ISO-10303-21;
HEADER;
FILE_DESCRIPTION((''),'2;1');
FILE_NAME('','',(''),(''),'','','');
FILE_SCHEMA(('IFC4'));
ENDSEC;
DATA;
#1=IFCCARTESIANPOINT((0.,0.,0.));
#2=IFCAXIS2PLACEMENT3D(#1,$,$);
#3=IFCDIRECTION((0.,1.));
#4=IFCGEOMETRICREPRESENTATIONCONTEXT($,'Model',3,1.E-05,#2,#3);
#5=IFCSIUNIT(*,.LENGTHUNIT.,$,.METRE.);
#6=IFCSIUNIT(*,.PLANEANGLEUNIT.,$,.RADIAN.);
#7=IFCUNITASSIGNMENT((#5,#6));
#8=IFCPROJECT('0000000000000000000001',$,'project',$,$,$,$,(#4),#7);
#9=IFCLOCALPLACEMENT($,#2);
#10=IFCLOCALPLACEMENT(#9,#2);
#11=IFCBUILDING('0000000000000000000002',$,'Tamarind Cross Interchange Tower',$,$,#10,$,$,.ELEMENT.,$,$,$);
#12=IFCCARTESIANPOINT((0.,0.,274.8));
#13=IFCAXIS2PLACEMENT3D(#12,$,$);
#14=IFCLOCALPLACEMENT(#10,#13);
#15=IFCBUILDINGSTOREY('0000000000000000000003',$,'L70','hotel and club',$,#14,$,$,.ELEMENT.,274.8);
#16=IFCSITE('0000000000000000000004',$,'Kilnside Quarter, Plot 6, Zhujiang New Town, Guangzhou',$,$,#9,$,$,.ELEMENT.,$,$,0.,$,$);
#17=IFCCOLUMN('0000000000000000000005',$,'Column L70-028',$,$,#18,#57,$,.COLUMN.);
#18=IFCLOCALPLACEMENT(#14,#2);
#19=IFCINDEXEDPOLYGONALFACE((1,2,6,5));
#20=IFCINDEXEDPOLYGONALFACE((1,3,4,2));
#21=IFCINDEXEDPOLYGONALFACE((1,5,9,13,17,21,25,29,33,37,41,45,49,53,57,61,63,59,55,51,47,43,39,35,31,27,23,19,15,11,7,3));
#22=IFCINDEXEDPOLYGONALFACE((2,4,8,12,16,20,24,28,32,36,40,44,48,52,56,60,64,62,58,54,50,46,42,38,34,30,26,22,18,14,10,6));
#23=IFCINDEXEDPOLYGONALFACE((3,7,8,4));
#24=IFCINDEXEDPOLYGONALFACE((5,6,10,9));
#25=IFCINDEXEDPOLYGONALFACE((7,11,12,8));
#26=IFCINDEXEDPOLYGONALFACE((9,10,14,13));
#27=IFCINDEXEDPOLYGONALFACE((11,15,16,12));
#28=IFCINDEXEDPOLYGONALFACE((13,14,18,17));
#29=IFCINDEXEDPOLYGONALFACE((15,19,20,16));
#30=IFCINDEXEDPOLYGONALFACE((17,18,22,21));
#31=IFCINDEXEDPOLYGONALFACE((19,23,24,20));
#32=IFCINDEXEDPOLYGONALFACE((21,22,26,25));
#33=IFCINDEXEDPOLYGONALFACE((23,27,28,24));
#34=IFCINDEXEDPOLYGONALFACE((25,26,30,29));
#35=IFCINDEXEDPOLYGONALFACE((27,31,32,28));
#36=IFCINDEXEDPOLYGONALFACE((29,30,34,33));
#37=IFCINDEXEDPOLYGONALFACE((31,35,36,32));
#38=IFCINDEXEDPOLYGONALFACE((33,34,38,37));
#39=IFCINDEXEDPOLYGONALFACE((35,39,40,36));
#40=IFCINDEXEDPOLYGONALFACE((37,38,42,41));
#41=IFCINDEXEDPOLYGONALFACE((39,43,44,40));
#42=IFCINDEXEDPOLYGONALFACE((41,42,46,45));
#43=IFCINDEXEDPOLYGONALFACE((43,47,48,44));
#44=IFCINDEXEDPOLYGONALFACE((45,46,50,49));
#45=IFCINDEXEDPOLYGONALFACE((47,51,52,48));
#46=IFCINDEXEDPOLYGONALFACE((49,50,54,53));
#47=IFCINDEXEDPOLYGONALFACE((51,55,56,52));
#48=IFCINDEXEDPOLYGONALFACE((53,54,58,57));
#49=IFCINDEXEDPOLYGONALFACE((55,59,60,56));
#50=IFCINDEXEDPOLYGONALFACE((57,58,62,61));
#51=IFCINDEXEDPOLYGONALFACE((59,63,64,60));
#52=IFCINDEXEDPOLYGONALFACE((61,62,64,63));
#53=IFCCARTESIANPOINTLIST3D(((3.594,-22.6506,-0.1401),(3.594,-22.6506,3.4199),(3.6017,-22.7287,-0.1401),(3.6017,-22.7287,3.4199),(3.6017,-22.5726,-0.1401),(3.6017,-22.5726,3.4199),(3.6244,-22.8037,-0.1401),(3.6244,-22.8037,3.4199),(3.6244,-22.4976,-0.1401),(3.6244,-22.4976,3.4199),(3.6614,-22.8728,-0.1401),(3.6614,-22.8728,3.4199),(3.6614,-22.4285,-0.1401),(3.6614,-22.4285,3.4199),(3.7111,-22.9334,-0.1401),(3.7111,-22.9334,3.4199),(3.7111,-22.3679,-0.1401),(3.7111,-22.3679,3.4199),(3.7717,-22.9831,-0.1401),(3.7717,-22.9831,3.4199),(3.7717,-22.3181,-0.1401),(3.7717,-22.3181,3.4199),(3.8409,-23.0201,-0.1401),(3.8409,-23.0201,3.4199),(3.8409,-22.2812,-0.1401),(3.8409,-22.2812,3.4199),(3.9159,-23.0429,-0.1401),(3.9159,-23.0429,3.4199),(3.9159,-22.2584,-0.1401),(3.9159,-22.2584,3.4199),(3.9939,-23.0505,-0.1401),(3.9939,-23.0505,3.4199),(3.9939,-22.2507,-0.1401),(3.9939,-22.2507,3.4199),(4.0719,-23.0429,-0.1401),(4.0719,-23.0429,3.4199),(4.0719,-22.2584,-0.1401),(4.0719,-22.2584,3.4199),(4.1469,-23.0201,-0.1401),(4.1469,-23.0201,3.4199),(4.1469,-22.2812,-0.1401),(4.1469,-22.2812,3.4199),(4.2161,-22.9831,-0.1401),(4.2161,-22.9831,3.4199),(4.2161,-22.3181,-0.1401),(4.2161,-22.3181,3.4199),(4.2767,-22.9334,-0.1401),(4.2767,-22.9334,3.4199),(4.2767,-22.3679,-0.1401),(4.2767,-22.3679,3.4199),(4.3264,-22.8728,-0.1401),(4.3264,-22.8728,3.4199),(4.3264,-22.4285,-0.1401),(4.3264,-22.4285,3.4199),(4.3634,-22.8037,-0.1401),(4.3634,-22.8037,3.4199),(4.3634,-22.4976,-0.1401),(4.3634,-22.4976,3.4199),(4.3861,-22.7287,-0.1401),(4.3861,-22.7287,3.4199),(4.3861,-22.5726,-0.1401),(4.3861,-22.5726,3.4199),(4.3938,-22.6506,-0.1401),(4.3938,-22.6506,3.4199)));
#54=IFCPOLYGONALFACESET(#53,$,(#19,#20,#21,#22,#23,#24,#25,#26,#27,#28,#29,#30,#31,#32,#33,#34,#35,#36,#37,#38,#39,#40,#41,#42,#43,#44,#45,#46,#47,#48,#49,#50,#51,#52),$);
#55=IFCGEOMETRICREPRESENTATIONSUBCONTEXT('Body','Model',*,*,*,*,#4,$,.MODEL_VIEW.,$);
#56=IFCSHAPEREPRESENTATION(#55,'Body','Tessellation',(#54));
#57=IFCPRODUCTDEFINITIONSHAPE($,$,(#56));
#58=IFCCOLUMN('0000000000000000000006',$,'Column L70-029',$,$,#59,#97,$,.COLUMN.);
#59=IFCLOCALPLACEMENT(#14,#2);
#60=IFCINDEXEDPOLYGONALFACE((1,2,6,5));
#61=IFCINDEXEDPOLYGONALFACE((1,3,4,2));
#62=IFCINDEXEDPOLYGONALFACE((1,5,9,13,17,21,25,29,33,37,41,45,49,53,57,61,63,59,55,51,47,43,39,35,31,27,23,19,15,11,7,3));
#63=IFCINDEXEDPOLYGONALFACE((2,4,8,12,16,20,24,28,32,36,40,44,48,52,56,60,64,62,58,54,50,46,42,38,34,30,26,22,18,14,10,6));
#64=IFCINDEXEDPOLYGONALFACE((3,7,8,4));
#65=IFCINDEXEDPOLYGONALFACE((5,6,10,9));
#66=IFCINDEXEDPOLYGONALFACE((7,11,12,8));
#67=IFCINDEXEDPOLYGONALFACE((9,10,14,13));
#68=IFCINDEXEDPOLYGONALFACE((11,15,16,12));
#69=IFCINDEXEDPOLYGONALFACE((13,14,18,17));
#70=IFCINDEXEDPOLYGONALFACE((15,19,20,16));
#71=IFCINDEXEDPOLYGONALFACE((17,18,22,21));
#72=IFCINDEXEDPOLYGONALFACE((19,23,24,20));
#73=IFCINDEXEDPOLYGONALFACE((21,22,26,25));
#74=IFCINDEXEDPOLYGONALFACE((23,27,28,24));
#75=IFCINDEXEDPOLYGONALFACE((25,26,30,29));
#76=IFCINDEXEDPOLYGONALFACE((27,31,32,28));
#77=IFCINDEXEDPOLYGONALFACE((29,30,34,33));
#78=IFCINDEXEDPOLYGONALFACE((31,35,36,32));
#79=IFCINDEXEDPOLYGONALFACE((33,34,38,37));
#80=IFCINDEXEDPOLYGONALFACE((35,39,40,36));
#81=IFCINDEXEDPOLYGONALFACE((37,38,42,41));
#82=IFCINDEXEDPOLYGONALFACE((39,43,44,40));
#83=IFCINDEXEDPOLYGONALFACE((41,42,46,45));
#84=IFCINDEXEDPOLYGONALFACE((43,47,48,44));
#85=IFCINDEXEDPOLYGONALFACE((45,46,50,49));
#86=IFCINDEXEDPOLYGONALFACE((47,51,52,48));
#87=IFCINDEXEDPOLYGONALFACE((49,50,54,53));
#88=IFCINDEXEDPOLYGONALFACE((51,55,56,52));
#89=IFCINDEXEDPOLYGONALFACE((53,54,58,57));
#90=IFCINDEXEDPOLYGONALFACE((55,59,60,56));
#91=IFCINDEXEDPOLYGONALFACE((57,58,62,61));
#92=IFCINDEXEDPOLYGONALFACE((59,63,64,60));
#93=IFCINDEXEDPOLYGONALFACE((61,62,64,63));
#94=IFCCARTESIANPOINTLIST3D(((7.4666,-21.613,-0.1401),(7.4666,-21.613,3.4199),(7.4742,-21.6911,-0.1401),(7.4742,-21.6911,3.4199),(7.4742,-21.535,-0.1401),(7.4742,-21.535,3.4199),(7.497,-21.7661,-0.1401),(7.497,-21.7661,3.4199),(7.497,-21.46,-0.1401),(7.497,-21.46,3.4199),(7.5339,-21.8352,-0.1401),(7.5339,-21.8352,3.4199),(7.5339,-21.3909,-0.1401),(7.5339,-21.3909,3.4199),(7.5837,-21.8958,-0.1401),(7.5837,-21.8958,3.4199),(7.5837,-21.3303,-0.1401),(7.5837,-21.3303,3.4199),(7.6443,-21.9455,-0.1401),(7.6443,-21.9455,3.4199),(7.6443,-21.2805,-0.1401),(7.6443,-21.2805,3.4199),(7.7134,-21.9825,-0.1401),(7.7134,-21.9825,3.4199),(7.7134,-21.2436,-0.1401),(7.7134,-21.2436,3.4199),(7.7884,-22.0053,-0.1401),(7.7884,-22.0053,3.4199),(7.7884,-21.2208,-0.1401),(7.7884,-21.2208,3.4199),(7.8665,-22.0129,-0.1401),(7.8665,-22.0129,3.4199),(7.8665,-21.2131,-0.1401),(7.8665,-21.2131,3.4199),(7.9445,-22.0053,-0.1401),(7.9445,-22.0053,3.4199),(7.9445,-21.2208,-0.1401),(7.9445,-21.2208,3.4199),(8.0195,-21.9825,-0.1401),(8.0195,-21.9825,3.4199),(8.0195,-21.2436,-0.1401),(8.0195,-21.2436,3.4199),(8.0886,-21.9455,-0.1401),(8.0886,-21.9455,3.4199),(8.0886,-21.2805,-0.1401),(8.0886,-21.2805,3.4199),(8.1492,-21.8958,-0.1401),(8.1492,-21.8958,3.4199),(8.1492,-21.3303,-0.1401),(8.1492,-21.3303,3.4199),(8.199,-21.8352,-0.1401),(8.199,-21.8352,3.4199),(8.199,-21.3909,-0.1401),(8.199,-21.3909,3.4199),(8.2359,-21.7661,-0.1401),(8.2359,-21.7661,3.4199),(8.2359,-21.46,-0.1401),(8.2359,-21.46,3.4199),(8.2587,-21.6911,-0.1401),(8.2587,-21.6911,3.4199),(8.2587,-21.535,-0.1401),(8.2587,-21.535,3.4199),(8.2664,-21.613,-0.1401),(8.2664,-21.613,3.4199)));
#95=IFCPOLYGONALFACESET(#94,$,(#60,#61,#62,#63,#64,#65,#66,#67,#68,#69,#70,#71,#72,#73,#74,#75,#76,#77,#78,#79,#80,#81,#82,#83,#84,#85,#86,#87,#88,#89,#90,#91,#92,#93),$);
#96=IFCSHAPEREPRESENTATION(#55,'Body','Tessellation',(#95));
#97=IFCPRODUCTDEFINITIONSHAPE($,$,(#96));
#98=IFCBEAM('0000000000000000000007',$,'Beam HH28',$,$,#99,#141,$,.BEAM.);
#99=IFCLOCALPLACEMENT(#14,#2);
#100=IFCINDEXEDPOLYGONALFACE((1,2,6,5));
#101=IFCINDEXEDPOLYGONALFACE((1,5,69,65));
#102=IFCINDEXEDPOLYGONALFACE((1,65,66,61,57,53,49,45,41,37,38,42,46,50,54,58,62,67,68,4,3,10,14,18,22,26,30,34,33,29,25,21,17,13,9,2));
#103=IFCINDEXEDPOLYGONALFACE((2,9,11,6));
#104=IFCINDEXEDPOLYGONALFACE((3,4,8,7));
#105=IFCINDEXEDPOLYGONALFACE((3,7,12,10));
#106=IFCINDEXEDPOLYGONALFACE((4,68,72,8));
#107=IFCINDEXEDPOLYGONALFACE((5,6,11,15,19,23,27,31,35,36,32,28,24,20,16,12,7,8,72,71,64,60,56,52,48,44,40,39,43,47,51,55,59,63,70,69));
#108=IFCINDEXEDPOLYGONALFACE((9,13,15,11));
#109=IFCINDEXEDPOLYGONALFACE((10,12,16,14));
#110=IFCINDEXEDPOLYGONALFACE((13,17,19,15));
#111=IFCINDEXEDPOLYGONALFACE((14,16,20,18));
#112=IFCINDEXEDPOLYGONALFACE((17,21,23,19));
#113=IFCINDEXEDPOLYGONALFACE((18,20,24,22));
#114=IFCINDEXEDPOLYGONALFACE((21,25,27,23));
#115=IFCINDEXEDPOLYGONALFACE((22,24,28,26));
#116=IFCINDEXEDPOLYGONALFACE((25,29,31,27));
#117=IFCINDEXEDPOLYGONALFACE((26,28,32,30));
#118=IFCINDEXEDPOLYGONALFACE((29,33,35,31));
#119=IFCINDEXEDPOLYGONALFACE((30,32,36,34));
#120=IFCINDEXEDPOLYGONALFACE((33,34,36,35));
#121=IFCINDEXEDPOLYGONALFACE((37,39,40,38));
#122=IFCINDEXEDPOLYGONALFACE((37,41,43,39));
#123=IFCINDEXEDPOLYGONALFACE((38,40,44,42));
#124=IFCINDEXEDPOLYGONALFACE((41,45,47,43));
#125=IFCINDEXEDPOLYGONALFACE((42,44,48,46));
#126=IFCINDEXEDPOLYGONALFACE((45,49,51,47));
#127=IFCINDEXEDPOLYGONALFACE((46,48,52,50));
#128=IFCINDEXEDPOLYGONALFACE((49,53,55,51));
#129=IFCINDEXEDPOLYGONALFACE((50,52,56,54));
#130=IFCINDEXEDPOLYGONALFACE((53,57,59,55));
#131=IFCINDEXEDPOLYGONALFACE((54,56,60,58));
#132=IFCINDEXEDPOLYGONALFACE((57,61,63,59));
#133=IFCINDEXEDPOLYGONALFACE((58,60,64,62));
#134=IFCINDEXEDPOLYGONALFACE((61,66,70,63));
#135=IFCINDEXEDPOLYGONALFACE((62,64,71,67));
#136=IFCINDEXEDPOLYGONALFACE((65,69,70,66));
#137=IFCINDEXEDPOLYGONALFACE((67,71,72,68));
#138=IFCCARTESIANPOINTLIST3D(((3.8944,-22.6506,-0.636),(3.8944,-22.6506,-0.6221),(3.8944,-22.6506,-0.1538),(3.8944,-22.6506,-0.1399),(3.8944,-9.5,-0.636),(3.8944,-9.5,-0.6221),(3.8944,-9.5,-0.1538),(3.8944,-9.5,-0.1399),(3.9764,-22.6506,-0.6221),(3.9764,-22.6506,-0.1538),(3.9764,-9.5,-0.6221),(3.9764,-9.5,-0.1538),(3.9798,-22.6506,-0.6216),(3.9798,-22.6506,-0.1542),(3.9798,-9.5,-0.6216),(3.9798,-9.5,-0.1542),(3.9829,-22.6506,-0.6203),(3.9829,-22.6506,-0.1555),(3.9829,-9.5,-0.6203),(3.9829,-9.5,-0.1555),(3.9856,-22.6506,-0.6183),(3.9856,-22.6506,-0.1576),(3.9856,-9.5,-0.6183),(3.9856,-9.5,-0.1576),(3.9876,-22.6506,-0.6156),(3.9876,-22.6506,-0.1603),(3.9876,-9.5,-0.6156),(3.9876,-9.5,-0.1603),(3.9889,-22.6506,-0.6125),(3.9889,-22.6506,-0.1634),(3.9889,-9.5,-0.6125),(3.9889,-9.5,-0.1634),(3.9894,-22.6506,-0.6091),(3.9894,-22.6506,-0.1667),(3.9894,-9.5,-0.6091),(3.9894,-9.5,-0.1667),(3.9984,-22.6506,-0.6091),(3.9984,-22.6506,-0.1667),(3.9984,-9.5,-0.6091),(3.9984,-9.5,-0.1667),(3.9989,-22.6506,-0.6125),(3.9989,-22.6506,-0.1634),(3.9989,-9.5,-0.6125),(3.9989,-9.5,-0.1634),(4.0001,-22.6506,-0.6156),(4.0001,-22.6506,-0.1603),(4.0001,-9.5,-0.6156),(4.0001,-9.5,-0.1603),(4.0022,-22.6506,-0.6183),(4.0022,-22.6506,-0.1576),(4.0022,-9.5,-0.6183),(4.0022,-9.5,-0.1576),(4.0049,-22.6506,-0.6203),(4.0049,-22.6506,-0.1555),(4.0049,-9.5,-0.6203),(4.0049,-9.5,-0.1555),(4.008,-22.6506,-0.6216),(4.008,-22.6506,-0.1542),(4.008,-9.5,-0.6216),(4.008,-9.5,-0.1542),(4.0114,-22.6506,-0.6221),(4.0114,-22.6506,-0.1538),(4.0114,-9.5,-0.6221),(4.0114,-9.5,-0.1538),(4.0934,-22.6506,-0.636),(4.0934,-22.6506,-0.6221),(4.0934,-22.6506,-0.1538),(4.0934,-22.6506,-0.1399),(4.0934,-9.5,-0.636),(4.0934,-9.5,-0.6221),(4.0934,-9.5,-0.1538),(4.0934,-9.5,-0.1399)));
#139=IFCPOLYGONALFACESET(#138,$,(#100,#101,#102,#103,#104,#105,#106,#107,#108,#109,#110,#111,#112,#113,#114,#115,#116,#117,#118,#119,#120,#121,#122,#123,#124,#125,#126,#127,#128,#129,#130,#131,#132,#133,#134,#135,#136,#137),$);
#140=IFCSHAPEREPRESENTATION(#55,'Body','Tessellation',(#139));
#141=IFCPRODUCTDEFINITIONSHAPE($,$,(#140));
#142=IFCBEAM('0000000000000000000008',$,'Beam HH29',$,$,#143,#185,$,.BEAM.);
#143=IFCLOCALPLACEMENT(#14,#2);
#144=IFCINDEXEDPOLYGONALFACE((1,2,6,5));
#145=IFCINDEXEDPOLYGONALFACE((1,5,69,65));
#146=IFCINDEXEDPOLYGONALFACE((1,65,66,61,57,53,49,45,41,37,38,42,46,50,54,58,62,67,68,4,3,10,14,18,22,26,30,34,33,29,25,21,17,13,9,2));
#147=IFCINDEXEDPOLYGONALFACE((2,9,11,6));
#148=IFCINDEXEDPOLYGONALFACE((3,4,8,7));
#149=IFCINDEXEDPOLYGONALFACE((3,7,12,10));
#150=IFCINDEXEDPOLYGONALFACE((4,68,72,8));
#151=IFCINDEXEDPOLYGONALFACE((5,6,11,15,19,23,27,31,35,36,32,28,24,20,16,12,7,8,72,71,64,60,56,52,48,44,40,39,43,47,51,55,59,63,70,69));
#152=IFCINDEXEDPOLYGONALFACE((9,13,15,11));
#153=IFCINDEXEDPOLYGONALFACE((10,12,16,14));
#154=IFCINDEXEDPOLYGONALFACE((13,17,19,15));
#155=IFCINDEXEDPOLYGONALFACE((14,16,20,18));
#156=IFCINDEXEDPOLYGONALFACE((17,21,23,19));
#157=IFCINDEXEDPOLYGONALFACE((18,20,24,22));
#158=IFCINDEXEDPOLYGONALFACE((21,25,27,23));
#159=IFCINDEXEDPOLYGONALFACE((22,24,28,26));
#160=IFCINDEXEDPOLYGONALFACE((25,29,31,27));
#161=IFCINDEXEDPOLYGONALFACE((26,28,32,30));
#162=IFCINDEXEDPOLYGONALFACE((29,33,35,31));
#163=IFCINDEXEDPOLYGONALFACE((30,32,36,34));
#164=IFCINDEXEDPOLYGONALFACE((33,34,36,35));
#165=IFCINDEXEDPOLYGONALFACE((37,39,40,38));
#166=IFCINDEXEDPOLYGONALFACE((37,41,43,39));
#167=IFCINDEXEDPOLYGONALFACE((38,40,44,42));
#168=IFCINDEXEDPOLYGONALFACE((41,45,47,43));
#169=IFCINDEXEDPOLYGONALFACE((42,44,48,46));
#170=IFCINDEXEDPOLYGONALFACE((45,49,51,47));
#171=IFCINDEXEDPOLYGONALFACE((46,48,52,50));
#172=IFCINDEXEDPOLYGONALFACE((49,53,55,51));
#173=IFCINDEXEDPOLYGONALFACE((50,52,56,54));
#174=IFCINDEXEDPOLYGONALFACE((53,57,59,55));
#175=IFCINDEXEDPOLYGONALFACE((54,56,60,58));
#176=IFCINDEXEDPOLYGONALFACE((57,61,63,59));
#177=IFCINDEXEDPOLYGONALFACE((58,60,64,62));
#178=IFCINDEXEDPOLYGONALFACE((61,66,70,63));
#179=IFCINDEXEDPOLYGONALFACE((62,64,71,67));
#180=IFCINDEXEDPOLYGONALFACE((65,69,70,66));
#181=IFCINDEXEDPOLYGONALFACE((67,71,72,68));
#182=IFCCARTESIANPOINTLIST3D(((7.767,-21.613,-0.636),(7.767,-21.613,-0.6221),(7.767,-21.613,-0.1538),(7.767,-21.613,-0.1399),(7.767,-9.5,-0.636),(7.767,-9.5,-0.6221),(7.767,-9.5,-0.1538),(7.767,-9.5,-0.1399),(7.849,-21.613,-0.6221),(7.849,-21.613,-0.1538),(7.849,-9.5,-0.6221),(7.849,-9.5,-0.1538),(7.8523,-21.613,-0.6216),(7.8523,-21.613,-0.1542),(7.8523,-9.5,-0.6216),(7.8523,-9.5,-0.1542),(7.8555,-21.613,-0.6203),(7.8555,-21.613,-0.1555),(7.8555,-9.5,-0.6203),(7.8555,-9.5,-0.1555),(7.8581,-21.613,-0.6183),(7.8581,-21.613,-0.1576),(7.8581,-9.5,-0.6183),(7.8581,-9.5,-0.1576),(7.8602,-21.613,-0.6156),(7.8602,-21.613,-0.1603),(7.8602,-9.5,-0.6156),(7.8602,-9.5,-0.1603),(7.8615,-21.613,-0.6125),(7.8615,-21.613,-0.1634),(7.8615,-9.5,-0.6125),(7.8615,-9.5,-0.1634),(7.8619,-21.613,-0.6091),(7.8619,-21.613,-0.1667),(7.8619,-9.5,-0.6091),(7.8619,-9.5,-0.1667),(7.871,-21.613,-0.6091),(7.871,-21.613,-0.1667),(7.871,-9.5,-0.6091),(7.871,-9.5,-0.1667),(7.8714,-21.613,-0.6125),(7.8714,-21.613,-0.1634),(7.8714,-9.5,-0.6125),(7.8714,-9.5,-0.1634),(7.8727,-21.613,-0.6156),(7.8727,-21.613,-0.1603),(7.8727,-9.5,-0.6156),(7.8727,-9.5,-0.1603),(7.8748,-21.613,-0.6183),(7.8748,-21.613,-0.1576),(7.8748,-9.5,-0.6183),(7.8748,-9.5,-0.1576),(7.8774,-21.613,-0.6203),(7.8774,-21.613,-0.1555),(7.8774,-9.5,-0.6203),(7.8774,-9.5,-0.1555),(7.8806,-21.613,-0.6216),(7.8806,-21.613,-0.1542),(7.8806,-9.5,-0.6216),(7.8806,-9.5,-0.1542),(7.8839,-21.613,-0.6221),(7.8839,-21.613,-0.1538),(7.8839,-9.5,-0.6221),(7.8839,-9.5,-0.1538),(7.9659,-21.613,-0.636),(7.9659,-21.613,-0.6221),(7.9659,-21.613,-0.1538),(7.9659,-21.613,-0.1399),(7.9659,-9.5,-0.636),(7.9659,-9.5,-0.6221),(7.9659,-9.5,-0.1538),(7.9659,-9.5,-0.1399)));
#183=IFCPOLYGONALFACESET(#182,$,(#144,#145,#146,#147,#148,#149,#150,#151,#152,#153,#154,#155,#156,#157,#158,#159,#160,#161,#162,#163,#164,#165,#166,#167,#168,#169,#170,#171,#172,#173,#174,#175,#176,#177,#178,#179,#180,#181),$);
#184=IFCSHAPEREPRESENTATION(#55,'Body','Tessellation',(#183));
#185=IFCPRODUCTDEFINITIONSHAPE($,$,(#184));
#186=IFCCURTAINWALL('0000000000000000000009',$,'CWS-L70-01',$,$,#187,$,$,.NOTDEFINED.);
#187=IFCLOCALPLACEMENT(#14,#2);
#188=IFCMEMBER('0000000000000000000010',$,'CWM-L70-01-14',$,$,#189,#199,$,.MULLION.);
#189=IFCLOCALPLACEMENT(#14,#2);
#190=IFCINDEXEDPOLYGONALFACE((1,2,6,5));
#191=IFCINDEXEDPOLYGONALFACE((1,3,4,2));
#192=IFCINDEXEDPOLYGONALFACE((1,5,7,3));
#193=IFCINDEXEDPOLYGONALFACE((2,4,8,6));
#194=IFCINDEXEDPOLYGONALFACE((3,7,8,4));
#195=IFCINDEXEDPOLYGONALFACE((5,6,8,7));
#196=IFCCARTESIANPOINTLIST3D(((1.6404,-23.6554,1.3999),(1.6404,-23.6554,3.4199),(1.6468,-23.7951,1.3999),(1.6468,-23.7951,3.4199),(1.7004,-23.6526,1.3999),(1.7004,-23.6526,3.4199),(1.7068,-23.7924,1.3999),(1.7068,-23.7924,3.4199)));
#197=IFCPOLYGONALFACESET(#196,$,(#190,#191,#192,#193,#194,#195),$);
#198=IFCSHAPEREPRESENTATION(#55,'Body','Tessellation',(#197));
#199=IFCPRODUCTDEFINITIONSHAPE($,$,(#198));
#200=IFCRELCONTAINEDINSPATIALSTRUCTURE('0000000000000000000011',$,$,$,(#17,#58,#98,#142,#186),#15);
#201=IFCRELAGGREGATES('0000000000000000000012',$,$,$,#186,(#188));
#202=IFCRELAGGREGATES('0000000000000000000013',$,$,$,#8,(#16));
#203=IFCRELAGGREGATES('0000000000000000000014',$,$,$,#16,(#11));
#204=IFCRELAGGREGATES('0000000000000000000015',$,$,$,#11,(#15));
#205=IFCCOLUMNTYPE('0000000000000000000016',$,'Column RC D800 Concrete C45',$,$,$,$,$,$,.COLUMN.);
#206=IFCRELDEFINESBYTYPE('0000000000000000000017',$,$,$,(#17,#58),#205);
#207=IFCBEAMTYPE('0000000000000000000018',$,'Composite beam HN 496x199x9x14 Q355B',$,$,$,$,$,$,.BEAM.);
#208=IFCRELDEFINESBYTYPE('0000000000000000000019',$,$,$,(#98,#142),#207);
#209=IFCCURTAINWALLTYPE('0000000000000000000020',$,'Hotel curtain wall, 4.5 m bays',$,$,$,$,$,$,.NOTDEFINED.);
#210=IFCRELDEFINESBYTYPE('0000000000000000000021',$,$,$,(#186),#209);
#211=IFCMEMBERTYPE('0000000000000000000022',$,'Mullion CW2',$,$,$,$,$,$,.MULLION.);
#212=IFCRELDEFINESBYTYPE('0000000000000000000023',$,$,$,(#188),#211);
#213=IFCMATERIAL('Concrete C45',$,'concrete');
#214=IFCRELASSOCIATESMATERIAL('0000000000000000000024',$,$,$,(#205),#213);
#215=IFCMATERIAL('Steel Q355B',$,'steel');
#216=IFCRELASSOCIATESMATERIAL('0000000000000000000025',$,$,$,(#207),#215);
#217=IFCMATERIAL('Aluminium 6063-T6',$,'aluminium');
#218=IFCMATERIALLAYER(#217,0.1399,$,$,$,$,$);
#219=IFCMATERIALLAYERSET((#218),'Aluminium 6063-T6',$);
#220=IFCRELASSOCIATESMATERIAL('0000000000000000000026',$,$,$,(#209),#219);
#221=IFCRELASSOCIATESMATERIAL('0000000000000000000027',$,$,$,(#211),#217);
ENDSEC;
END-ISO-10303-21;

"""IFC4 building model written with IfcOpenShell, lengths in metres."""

from ifc_helpers import new_model, si_unit, direction, frame, origin, origin_2d, place, context, subcontext, project, spatial, rectangle, circle, i_section, extrude, material, layer, layer_set, material_profile, profile_set, type_object, element, aggregate, save


model = new_model("IFC4")

# Units and contexts
model_context = context("Model", 3, precision=1e-05, world=origin(), true_north=direction((0.0, 1.0)))
body_context = subcontext(model_context, "Body", "Model", "MODEL_VIEW")
ifc_project = project(units=[si_unit("LENGTHUNIT", "METRE"), si_unit("PLANEANGLEUNIT", "RADIAN")], contexts=[model_context])

# Site, building, storey
site_placement = place(None, origin())
site = spatial("IfcSite", under=ifc_project, at=site_placement, Name="Kilnside Quarter, Plot 6, Zhujiang New Town, Guangzhou", CompositionType="ELEMENT", RefElevation=0.0)
building_placement = place(site_placement, origin())
building = spatial("IfcBuilding", under=site, at=building_placement, Name="Tamarind Cross Interchange Tower", CompositionType="ELEMENT")
storey_placement = place(building_placement, frame((0.0, 0.0, 274.8)))
storey = spatial("IfcBuildingStorey", under=building, at=storey_placement, Name="L70", Description="hotel and club", CompositionType="ELEMENT", Elevation=274.8)

# Columns
ifc_material_1 = material(Name="Concrete C45", Category="concrete")
ifc_material_profile_1 = material_profile(ifc_material_1, circle(Radius=0.3999, at=origin_2d()), Name="RC D800")
ifc_profile_set_1 = profile_set([ifc_material_profile_1], Name="Concrete C45")
column_type = type_object("IfcColumnType", Name="Column RC D800 Concrete C45", PredefinedType="COLUMN", material=ifc_profile_set_1)
for number, where, z_axis, x_axis, name in (
    (1, (3.9939, -22.6506, -0.1401), (0.0, 0.0, 1.0), (1.0, 0.0, 0.0), "Column L70-028"),
    (2, (7.8665, -21.613, -0.1401), (0.0, 0.0, 1.0), (1.0, 0.0, 0.0), "Column L70-029"),
):
    element("IfcColumn", number, at=place(storey_placement, frame(where, z_axis=z_axis, x_axis=x_axis)), inside=storey, type_object=column_type, Name=name, PredefinedType="COLUMN", context=body_context, shape_type="SweptSolid", body=[
        extrude(circle(Radius=0.3999, at=origin_2d()), origin(), (0.0, 0.0, 1.0), 3.5601),
    ])

# Beams
ifc_material_2 = material(Name="Steel Q355B", Category="steel")
ifc_material_profile_2 = material_profile(ifc_material_2, i_section(OverallWidth=0.199, OverallDepth=0.4961, WebThickness=0.009, FlangeThickness=0.0139, FilletRadius=0.0129, at=origin_2d()), Name="HN 496x199x9x14")
ifc_profile_set_2 = profile_set([ifc_material_profile_2], Name="Steel Q355B")
beam_type = type_object("IfcBeamType", Name="Composite beam HN 496x199x9x14 Q355B", PredefinedType="BEAM", material=ifc_profile_set_2)
beam_1_placement = place(storey_placement, frame((3.9939, -22.6506, -0.3879), z_axis=(0.0, 1.0, 0.0), x_axis=(-1.0, 0.0, 0.0)))
element("IfcBeam", 3, at=beam_1_placement, inside=storey, type_object=beam_type, Name="Beam HH28", PredefinedType="BEAM", context=body_context, shape_type="SweptSolid", body=[
    extrude(i_section(OverallWidth=0.199, OverallDepth=0.4961, WebThickness=0.009, FlangeThickness=0.0139, FilletRadius=0.0129, at=origin_2d()), origin(), (0.0, 0.0, 1.0), 13.1506),
])
beam_2_placement = place(storey_placement, frame((7.8665, -21.613, -0.3879), z_axis=(0.0, 1.0, 0.0), x_axis=(-1.0, 0.0, 0.0)))
element("IfcBeam", 4, at=beam_2_placement, inside=storey, type_object=beam_type, Name="Beam HH29", PredefinedType="BEAM", context=body_context, shape_type="SweptSolid", body=[
    extrude(i_section(OverallWidth=0.199, OverallDepth=0.4961, WebThickness=0.009, FlangeThickness=0.0139, FilletRadius=0.0129, at=origin_2d()), origin(), (0.0, 0.0, 1.0), 12.113),
])

# Curtain wall, member
ifc_material_3 = material(Name="Aluminium 6063-T6", Category="aluminium")
ifc_layer_1 = layer(ifc_material_3, 0.1399)
ifc_layer_set_1 = layer_set([ifc_layer_1], Name="Aluminium 6063-T6")
curtain_wall_type = type_object("IfcCurtainWallType", Name="Hotel curtain wall, 4.5 m bays", PredefinedType="NOTDEFINED", material=ifc_layer_set_1)
curtain_wall_placement = place(storey_placement, origin())
curtain_wall = element("IfcCurtainWall", 5, at=curtain_wall_placement, inside=storey, type_object=curtain_wall_type, Name="CWS-L70-01", PredefinedType="NOTDEFINED")
ifc_material_profile_3 = material_profile(ifc_material_3, rectangle(XDim=0.0601, YDim=0.1399, at=origin_2d()), Name="Mullion CW2")
ifc_profile_set_3 = profile_set([ifc_material_profile_3], Name="Aluminium 6063-T6")
member_type = type_object("IfcMemberType", Name="Mullion CW2", PredefinedType="MULLION", material=ifc_profile_set_3)
member_1_placement = place(storey_placement, frame((1.6736, -23.7239, 1.3999), z_axis=(0.0, 0.0, 1.0), x_axis=(0.998959, 0.045624, 0.0)))
member_1 = element("IfcMember", 6, at=member_1_placement, type_object=member_type, Name="CWM-L70-01-14", PredefinedType="MULLION", context=body_context, shape_type="SweptSolid", body=[
    extrude(rectangle(XDim=0.0601, YDim=0.1399, at=origin_2d()), origin(), (0.0, 0.0, 1.0), 2.02),
])
aggregate(curtain_wall, [member_1])

save(model, "model.ifc")
